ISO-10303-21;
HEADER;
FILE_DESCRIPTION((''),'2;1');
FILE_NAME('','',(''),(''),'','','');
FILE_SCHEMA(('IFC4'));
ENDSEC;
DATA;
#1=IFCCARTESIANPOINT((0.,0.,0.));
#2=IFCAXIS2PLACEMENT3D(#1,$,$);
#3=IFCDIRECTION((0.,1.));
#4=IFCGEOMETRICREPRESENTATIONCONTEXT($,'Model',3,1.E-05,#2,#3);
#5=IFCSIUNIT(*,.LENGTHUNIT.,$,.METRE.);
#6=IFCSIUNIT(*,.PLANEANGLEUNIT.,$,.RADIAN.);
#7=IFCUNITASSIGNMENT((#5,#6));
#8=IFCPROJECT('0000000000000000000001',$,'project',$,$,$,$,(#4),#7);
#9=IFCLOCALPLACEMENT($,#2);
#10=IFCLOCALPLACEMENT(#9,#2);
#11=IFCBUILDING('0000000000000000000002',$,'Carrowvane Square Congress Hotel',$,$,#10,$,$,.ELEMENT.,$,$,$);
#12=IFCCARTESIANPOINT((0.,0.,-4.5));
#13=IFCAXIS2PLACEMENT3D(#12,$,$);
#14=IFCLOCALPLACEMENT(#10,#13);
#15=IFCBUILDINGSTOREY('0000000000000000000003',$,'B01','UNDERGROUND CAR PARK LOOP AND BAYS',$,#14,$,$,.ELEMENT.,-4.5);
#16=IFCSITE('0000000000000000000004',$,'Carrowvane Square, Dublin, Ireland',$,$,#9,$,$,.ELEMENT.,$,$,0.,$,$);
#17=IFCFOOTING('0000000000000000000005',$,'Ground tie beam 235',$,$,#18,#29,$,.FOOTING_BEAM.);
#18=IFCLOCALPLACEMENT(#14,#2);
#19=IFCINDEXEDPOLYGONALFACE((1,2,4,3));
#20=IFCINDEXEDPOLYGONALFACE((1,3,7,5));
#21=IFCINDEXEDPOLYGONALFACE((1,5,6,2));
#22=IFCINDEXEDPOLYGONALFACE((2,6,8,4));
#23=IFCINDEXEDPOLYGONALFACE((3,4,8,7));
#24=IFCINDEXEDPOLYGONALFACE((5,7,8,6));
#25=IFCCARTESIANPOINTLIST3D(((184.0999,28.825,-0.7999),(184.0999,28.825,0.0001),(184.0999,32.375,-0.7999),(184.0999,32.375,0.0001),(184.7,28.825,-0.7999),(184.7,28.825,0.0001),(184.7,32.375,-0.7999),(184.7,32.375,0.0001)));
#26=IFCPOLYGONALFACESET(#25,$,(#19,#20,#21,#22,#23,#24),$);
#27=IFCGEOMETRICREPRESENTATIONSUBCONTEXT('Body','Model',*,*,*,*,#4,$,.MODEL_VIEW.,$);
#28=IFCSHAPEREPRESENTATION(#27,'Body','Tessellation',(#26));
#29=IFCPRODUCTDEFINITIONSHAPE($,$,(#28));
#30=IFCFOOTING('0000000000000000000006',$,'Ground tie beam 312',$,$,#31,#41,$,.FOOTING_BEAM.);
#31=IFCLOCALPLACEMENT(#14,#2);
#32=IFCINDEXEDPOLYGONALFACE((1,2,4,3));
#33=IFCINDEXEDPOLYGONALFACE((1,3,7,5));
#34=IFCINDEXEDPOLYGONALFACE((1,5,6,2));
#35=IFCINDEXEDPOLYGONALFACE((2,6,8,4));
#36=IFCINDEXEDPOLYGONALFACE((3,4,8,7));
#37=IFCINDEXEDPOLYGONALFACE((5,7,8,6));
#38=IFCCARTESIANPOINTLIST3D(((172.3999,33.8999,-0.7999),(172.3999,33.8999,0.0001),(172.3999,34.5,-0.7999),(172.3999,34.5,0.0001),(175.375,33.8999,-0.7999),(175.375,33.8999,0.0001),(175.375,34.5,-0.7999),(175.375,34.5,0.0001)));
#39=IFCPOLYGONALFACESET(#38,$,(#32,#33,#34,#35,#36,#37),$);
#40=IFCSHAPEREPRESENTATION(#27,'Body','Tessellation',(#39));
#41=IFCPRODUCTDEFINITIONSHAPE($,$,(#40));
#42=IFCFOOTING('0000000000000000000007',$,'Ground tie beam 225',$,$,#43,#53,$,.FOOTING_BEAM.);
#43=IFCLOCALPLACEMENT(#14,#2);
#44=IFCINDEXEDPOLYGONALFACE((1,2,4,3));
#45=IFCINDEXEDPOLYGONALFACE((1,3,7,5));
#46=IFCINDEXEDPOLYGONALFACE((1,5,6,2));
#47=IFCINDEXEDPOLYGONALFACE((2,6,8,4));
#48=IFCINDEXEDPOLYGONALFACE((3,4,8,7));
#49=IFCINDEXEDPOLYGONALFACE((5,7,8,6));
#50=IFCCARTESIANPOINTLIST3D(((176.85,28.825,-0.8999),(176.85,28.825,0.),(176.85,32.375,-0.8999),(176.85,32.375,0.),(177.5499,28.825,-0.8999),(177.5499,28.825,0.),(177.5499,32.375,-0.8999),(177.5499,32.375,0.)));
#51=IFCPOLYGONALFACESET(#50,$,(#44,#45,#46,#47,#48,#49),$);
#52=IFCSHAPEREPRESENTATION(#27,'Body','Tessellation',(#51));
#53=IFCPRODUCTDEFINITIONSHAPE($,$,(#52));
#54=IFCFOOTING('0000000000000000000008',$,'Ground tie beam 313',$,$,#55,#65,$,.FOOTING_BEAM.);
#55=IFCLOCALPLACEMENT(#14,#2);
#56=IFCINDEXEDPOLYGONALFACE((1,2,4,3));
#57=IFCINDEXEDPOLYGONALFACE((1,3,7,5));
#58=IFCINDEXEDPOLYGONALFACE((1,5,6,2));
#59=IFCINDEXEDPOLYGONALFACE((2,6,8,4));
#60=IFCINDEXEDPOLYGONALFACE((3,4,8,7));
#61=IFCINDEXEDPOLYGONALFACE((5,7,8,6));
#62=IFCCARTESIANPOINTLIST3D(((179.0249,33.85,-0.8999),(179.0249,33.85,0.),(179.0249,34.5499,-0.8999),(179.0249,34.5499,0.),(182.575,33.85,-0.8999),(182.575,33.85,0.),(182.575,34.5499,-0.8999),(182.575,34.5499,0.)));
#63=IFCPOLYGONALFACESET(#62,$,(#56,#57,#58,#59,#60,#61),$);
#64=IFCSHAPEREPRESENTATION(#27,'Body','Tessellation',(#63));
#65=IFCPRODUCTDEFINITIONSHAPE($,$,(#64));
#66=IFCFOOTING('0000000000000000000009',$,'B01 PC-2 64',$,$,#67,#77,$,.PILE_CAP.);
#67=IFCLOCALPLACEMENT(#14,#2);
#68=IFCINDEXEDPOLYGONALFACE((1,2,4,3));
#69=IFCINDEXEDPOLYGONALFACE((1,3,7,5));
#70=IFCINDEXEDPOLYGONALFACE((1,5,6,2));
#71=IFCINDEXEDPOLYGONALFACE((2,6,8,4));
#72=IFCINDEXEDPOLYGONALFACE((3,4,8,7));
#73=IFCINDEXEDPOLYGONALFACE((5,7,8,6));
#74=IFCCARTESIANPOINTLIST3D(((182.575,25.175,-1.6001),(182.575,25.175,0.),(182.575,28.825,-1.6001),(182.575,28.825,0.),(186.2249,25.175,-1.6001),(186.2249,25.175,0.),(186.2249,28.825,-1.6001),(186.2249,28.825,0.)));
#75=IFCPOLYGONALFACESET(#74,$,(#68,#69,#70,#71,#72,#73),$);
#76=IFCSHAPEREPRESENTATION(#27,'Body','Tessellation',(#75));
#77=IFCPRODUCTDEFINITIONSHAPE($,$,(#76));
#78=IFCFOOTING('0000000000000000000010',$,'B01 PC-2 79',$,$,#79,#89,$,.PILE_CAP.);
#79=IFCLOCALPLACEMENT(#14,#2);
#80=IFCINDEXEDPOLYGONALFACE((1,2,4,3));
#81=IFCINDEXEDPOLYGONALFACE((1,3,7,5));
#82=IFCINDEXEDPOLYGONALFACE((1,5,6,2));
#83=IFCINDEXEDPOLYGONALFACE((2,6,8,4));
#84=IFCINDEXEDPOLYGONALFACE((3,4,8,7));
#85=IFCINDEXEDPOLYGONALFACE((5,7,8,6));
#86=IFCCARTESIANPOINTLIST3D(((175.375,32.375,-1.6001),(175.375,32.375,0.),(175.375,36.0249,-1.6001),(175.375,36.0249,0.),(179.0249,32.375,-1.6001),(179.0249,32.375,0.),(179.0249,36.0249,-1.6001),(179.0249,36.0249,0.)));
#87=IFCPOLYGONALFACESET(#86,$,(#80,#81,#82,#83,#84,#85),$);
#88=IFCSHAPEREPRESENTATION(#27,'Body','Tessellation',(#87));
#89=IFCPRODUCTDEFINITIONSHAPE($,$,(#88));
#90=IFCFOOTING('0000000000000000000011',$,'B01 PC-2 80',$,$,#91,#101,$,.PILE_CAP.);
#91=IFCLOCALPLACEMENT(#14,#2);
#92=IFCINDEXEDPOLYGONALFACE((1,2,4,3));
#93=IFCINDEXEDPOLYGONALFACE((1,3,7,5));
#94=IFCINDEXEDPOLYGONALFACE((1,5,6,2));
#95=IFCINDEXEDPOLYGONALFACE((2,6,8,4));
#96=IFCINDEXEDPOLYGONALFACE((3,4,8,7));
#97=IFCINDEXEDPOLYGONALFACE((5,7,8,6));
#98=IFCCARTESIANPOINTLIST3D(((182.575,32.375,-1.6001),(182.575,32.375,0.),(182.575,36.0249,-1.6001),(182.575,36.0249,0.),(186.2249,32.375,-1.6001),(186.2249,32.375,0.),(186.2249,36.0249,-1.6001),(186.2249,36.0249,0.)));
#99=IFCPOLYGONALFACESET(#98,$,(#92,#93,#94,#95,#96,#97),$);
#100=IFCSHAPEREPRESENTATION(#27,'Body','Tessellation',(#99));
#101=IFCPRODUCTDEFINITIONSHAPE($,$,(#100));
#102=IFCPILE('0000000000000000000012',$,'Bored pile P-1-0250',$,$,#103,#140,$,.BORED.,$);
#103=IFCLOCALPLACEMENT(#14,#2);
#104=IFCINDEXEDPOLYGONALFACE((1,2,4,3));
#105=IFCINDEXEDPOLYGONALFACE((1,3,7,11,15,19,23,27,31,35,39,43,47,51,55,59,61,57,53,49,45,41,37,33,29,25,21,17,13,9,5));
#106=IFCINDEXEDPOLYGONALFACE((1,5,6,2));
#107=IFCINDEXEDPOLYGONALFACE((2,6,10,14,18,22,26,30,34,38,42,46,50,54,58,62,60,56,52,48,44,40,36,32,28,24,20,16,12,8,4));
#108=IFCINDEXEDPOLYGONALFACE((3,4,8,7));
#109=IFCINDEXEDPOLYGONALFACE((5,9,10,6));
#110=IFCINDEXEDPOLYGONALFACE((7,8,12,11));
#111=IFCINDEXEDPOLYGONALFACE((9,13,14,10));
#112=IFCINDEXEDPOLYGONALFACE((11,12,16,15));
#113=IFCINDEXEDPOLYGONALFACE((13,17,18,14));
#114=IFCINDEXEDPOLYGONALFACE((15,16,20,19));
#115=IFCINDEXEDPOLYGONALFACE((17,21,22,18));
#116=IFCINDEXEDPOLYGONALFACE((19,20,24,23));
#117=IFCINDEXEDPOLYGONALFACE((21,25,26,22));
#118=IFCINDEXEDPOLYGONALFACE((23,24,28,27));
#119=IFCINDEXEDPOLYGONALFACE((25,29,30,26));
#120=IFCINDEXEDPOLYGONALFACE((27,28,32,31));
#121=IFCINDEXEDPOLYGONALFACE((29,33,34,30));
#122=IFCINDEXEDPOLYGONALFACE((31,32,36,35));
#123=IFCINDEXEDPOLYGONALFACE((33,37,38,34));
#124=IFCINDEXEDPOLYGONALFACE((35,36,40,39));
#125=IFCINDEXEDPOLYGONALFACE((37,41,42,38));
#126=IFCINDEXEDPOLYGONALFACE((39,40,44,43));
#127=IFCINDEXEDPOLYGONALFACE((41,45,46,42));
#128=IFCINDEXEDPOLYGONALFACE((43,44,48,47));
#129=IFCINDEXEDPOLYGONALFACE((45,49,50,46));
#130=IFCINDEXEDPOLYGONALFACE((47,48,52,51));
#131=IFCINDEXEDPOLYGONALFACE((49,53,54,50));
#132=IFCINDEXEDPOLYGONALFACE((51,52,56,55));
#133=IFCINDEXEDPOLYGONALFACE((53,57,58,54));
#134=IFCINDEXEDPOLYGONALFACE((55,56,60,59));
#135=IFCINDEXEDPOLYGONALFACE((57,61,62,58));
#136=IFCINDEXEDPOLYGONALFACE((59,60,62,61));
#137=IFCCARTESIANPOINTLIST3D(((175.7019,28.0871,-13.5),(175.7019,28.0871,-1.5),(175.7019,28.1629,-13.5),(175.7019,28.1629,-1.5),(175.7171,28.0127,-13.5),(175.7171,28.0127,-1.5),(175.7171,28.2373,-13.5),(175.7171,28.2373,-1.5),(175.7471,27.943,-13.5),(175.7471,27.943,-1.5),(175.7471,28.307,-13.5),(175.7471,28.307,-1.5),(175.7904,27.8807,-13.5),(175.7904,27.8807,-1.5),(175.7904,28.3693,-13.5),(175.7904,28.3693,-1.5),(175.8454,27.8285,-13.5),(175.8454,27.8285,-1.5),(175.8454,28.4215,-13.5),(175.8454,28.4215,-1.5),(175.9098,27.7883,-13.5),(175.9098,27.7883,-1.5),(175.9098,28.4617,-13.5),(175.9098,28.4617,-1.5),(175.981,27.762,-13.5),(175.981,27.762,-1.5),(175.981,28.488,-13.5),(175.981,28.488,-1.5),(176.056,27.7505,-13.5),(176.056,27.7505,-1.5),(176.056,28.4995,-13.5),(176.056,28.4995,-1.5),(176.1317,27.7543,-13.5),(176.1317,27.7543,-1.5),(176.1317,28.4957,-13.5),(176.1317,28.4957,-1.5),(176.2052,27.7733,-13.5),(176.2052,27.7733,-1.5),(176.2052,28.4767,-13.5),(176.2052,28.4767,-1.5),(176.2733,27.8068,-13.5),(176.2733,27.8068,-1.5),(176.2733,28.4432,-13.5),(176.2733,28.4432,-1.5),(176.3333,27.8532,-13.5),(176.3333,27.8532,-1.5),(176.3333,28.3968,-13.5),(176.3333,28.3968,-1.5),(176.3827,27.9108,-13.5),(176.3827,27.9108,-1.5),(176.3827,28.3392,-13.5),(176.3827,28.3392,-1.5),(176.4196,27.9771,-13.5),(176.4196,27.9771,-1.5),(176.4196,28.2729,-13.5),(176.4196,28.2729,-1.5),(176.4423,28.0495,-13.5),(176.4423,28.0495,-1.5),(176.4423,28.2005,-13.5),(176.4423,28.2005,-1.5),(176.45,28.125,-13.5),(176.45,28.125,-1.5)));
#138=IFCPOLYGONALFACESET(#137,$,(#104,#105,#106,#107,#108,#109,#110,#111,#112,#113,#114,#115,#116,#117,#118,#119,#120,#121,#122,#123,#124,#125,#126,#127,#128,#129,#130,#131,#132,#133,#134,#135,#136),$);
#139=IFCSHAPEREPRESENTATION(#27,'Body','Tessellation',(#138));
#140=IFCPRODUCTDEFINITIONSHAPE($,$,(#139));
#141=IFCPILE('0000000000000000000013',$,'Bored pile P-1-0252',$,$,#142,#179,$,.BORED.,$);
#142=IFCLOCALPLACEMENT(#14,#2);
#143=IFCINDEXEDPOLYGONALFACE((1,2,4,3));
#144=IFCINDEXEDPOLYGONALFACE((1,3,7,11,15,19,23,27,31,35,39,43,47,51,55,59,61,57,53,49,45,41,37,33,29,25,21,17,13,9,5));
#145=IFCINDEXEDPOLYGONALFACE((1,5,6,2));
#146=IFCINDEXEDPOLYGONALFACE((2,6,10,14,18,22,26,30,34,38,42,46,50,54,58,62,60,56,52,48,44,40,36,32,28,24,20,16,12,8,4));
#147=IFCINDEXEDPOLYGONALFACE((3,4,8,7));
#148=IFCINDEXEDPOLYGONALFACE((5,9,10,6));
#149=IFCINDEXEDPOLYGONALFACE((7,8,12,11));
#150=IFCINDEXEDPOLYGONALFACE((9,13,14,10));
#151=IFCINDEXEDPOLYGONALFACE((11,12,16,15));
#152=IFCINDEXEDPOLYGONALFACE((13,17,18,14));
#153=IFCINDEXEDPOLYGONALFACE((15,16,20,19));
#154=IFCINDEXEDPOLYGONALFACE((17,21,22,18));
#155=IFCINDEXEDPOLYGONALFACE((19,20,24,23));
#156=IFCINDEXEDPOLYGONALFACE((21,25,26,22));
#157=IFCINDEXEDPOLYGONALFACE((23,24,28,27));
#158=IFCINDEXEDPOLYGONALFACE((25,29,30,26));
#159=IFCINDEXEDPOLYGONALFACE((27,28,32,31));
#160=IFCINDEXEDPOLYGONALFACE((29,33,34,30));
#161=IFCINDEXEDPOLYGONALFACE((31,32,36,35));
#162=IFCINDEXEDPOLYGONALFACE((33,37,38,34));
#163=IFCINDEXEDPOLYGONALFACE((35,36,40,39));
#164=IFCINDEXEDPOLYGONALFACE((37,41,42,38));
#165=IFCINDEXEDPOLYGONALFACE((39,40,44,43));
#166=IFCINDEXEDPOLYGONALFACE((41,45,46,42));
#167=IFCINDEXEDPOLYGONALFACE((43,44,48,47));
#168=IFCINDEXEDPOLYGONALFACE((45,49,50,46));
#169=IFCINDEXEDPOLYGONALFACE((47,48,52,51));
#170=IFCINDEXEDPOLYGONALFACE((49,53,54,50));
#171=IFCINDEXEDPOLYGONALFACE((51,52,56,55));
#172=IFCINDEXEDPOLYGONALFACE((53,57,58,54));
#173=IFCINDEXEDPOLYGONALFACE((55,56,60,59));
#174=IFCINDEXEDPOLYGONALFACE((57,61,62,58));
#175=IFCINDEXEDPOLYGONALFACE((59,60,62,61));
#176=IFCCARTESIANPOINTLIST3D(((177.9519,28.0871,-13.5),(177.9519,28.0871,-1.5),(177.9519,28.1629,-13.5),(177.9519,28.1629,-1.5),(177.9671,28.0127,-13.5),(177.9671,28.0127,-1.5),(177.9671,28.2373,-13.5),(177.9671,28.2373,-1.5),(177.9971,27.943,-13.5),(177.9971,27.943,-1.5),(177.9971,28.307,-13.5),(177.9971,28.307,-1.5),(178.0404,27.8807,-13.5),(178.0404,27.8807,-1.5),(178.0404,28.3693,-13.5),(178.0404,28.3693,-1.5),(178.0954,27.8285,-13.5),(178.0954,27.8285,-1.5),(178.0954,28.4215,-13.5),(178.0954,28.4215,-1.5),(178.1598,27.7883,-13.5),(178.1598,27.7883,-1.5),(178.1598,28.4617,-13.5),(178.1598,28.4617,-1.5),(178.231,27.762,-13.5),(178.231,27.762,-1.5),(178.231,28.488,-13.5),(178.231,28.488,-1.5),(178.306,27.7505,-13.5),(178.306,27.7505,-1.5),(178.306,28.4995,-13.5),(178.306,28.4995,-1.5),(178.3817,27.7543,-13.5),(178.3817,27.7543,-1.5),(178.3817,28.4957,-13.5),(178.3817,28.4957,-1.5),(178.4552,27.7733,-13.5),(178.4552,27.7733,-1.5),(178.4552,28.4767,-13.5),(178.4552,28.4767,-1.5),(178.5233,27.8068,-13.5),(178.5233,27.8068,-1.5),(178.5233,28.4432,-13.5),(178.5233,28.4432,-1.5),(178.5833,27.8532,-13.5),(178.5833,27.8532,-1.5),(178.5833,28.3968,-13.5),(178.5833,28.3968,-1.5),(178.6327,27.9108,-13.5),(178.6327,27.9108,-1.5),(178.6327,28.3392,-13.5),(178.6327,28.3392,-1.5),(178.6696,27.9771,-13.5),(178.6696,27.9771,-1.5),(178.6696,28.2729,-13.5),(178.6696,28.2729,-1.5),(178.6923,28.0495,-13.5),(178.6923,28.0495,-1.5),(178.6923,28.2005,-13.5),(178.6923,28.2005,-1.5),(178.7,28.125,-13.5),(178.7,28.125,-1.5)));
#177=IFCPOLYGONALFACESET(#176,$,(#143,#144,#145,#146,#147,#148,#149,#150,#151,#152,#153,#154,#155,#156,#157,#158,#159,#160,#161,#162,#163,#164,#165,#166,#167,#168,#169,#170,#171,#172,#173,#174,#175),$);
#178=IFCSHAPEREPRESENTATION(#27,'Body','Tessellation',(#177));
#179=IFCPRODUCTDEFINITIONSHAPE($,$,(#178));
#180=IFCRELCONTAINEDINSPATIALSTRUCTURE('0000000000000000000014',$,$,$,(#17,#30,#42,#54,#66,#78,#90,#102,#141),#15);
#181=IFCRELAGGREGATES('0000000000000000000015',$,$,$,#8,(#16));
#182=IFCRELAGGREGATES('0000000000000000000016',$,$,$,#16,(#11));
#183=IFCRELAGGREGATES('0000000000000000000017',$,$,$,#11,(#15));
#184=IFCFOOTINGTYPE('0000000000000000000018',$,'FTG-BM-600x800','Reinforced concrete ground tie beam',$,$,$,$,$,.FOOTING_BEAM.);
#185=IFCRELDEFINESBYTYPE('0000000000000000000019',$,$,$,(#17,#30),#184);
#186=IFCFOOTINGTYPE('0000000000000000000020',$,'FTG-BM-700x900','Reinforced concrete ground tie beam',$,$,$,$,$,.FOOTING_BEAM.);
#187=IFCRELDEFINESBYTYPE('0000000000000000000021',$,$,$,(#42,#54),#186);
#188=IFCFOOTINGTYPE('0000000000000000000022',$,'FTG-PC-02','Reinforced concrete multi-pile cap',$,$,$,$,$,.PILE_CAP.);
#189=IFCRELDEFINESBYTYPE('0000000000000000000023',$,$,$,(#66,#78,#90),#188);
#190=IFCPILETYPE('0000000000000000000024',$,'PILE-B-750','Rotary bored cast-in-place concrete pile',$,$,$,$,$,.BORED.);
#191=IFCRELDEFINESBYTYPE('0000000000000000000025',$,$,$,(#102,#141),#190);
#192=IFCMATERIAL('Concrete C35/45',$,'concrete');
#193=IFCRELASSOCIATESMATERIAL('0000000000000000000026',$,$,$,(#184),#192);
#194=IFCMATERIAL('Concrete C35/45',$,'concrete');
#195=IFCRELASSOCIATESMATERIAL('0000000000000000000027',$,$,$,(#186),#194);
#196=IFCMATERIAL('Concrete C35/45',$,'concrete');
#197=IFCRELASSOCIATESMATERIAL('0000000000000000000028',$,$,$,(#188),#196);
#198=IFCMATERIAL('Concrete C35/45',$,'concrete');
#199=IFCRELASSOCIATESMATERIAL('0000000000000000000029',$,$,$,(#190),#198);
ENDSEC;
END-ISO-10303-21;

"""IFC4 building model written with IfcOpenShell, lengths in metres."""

from ifc_helpers import new_model, si_unit, direction, frame, origin, origin_2d, place, context, subcontext, project, spatial, rectangle, circle, extrude, material, material_profile, profile_set, type_object, element, save


model = new_model("IFC4")

# Units and contexts
model_context = context("Model", 3, precision=1e-05, world=origin(), true_north=direction((0.0, 1.0)))
body_context = subcontext(model_context, "Body", "Model", "MODEL_VIEW")
ifc_project = project(units=[si_unit("LENGTHUNIT", "METRE"), si_unit("PLANEANGLEUNIT", "RADIAN")], contexts=[model_context])

# Site, building, storey
site_placement = place(None, origin())
site = spatial("IfcSite", under=ifc_project, at=site_placement, Name="Carrowvane Square, Dublin, Ireland", CompositionType="ELEMENT", RefElevation=0.0)
building_placement = place(site_placement, origin())
building = spatial("IfcBuilding", under=site, at=building_placement, Name="Carrowvane Square Congress Hotel", CompositionType="ELEMENT")
storey_placement = place(building_placement, frame((0.0, 0.0, -4.5)))
storey = spatial("IfcBuildingStorey", under=building, at=storey_placement, Name="B01", Description="UNDERGROUND CAR PARK LOOP AND BAYS", CompositionType="ELEMENT", Elevation=-4.5)

# Footings
ifc_material_1 = material(Name="Concrete C35/45", Category="concrete")
ifc_material_profile_1 = material_profile(ifc_material_1, rectangle(XDim=0.6001, YDim=0.8, at=origin_2d()), Name="RC 600x800")
ifc_profile_set_1 = profile_set([ifc_material_profile_1], Name="Concrete C35/45")
footing_type_1 = type_object("IfcFootingType", Name="FTG-BM-600x800", Description="Reinforced concrete ground tie beam", PredefinedType="FOOTING_BEAM", material=ifc_profile_set_1)
footing_1_placement = place(storey_placement, frame((184.3999, 28.825, -0.3999), z_axis=(0.0, 1.0, 0.0), x_axis=(-1.0, 0.0, 0.0)))
element("IfcFooting", 1, at=footing_1_placement, inside=storey, type_object=footing_type_1, Name="Ground tie beam 235", PredefinedType="FOOTING_BEAM", context=body_context, shape_type="SweptSolid", body=[
    extrude(rectangle(XDim=0.6001, YDim=0.8, at=origin_2d()), origin(), (0.0, 0.0, 1.0), 3.55),
])
footing_2_placement = place(storey_placement, frame((172.3999, 34.2, -0.3999), z_axis=(1.0, 0.0, 0.0), x_axis=(0.0, 1.0, 0.0)))
element("IfcFooting", 2, at=footing_2_placement, inside=storey, type_object=footing_type_1, Name="Ground tie beam 312", PredefinedType="FOOTING_BEAM", context=body_context, shape_type="SweptSolid", body=[
    extrude(rectangle(XDim=0.6001, YDim=0.8, at=origin_2d()), origin(), (0.0, 0.0, 1.0), 2.9751),
])
ifc_material_2 = material(Name="Concrete C35/45", Category="concrete")
ifc_material_profile_2 = material_profile(ifc_material_2, rectangle(XDim=0.7, YDim=0.8999, at=origin_2d()), Name="RC 700x900")
ifc_profile_set_2 = profile_set([ifc_material_profile_2], Name="Concrete C35/45")
footing_type_2 = type_object("IfcFootingType", Name="FTG-BM-700x900", Description="Reinforced concrete ground tie beam", PredefinedType="FOOTING_BEAM", material=ifc_profile_set_2)
for number, where, z_axis, x_axis, name in (
    (3, (177.2, 28.825, -0.45), (0.0, 1.0, 0.0), (-1.0, 0.0, 0.0), "Ground tie beam 225"),
    (4, (179.0249, 34.2, -0.45), (1.0, 0.0, 0.0), (0.0, 1.0, 0.0), "Ground tie beam 313"),
):
    element("IfcFooting", number, at=place(storey_placement, frame(where, z_axis=z_axis, x_axis=x_axis)), inside=storey, type_object=footing_type_2, Name=name, PredefinedType="FOOTING_BEAM", context=body_context, shape_type="SweptSolid", body=[
        extrude(rectangle(XDim=0.7, YDim=0.8999, at=origin_2d()), origin(), (0.0, 0.0, 1.0), 3.55),
    ])
ifc_material_3 = material(Name="Concrete C35/45", Category="concrete")
footing_type_3 = type_object("IfcFootingType", Name="FTG-PC-02", Description="Reinforced concrete multi-pile cap", PredefinedType="PILE_CAP", material=ifc_material_3)
for number, where, z_axis, x_axis, name in (
    (5, (184.3999, 27.0, -1.6001), (0.0, 0.0, 1.0), (1.0, 0.0, 0.0), "B01 PC-2 64"),
    (6, (177.2, 34.2, -1.6001), (0.0, 0.0, 1.0), (1.0, 0.0, 0.0), "B01 PC-2 79"),
    (7, (184.3999, 34.2, -1.6001), (0.0, 0.0, 1.0), (1.0, 0.0, 0.0), "B01 PC-2 80"),
):
    element("IfcFooting", number, at=place(storey_placement, frame(where, z_axis=z_axis, x_axis=x_axis)), inside=storey, type_object=footing_type_3, Name=name, PredefinedType="PILE_CAP", context=body_context, shape_type="SweptSolid", body=[
        extrude(rectangle(XDim=3.6499, YDim=3.6499, at=origin_2d()), origin(), (0.0, 0.0, 1.0), 1.6001),
    ])

# Piles
ifc_material_4 = material(Name="Concrete C35/45", Category="concrete")
ifc_material_profile_3 = material_profile(ifc_material_4, circle(Radius=0.375, at=origin_2d()), Name="PILE D750")
ifc_profile_set_3 = profile_set([ifc_material_profile_3], Name="Concrete C35/45")
pile_type = type_object("IfcPileType", Name="PILE-B-750", Description="Rotary bored cast-in-place concrete pile", PredefinedType="BORED", material=ifc_profile_set_3)
for number, where, z_axis, x_axis, name in (
    (8, (176.075, 28.125, -1.5), (0.0, 0.0, -1.0), (1.0, 0.0, 0.0), "Bored pile P-1-0250"),
    (9, (178.325, 28.125, -1.5), (0.0, 0.0, -1.0), (1.0, 0.0, 0.0), "Bored pile P-1-0252"),
):
    element("IfcPile", number, at=place(storey_placement, frame(where, z_axis=z_axis, x_axis=x_axis)), inside=storey, type_object=pile_type, Name=name, PredefinedType="BORED", context=body_context, shape_type="SweptSolid", body=[
        extrude(circle(Radius=0.375, at=origin_2d()), origin(), (0.0, 0.0, 1.0), 12.0),
    ])

save(model, "model.ifc")
